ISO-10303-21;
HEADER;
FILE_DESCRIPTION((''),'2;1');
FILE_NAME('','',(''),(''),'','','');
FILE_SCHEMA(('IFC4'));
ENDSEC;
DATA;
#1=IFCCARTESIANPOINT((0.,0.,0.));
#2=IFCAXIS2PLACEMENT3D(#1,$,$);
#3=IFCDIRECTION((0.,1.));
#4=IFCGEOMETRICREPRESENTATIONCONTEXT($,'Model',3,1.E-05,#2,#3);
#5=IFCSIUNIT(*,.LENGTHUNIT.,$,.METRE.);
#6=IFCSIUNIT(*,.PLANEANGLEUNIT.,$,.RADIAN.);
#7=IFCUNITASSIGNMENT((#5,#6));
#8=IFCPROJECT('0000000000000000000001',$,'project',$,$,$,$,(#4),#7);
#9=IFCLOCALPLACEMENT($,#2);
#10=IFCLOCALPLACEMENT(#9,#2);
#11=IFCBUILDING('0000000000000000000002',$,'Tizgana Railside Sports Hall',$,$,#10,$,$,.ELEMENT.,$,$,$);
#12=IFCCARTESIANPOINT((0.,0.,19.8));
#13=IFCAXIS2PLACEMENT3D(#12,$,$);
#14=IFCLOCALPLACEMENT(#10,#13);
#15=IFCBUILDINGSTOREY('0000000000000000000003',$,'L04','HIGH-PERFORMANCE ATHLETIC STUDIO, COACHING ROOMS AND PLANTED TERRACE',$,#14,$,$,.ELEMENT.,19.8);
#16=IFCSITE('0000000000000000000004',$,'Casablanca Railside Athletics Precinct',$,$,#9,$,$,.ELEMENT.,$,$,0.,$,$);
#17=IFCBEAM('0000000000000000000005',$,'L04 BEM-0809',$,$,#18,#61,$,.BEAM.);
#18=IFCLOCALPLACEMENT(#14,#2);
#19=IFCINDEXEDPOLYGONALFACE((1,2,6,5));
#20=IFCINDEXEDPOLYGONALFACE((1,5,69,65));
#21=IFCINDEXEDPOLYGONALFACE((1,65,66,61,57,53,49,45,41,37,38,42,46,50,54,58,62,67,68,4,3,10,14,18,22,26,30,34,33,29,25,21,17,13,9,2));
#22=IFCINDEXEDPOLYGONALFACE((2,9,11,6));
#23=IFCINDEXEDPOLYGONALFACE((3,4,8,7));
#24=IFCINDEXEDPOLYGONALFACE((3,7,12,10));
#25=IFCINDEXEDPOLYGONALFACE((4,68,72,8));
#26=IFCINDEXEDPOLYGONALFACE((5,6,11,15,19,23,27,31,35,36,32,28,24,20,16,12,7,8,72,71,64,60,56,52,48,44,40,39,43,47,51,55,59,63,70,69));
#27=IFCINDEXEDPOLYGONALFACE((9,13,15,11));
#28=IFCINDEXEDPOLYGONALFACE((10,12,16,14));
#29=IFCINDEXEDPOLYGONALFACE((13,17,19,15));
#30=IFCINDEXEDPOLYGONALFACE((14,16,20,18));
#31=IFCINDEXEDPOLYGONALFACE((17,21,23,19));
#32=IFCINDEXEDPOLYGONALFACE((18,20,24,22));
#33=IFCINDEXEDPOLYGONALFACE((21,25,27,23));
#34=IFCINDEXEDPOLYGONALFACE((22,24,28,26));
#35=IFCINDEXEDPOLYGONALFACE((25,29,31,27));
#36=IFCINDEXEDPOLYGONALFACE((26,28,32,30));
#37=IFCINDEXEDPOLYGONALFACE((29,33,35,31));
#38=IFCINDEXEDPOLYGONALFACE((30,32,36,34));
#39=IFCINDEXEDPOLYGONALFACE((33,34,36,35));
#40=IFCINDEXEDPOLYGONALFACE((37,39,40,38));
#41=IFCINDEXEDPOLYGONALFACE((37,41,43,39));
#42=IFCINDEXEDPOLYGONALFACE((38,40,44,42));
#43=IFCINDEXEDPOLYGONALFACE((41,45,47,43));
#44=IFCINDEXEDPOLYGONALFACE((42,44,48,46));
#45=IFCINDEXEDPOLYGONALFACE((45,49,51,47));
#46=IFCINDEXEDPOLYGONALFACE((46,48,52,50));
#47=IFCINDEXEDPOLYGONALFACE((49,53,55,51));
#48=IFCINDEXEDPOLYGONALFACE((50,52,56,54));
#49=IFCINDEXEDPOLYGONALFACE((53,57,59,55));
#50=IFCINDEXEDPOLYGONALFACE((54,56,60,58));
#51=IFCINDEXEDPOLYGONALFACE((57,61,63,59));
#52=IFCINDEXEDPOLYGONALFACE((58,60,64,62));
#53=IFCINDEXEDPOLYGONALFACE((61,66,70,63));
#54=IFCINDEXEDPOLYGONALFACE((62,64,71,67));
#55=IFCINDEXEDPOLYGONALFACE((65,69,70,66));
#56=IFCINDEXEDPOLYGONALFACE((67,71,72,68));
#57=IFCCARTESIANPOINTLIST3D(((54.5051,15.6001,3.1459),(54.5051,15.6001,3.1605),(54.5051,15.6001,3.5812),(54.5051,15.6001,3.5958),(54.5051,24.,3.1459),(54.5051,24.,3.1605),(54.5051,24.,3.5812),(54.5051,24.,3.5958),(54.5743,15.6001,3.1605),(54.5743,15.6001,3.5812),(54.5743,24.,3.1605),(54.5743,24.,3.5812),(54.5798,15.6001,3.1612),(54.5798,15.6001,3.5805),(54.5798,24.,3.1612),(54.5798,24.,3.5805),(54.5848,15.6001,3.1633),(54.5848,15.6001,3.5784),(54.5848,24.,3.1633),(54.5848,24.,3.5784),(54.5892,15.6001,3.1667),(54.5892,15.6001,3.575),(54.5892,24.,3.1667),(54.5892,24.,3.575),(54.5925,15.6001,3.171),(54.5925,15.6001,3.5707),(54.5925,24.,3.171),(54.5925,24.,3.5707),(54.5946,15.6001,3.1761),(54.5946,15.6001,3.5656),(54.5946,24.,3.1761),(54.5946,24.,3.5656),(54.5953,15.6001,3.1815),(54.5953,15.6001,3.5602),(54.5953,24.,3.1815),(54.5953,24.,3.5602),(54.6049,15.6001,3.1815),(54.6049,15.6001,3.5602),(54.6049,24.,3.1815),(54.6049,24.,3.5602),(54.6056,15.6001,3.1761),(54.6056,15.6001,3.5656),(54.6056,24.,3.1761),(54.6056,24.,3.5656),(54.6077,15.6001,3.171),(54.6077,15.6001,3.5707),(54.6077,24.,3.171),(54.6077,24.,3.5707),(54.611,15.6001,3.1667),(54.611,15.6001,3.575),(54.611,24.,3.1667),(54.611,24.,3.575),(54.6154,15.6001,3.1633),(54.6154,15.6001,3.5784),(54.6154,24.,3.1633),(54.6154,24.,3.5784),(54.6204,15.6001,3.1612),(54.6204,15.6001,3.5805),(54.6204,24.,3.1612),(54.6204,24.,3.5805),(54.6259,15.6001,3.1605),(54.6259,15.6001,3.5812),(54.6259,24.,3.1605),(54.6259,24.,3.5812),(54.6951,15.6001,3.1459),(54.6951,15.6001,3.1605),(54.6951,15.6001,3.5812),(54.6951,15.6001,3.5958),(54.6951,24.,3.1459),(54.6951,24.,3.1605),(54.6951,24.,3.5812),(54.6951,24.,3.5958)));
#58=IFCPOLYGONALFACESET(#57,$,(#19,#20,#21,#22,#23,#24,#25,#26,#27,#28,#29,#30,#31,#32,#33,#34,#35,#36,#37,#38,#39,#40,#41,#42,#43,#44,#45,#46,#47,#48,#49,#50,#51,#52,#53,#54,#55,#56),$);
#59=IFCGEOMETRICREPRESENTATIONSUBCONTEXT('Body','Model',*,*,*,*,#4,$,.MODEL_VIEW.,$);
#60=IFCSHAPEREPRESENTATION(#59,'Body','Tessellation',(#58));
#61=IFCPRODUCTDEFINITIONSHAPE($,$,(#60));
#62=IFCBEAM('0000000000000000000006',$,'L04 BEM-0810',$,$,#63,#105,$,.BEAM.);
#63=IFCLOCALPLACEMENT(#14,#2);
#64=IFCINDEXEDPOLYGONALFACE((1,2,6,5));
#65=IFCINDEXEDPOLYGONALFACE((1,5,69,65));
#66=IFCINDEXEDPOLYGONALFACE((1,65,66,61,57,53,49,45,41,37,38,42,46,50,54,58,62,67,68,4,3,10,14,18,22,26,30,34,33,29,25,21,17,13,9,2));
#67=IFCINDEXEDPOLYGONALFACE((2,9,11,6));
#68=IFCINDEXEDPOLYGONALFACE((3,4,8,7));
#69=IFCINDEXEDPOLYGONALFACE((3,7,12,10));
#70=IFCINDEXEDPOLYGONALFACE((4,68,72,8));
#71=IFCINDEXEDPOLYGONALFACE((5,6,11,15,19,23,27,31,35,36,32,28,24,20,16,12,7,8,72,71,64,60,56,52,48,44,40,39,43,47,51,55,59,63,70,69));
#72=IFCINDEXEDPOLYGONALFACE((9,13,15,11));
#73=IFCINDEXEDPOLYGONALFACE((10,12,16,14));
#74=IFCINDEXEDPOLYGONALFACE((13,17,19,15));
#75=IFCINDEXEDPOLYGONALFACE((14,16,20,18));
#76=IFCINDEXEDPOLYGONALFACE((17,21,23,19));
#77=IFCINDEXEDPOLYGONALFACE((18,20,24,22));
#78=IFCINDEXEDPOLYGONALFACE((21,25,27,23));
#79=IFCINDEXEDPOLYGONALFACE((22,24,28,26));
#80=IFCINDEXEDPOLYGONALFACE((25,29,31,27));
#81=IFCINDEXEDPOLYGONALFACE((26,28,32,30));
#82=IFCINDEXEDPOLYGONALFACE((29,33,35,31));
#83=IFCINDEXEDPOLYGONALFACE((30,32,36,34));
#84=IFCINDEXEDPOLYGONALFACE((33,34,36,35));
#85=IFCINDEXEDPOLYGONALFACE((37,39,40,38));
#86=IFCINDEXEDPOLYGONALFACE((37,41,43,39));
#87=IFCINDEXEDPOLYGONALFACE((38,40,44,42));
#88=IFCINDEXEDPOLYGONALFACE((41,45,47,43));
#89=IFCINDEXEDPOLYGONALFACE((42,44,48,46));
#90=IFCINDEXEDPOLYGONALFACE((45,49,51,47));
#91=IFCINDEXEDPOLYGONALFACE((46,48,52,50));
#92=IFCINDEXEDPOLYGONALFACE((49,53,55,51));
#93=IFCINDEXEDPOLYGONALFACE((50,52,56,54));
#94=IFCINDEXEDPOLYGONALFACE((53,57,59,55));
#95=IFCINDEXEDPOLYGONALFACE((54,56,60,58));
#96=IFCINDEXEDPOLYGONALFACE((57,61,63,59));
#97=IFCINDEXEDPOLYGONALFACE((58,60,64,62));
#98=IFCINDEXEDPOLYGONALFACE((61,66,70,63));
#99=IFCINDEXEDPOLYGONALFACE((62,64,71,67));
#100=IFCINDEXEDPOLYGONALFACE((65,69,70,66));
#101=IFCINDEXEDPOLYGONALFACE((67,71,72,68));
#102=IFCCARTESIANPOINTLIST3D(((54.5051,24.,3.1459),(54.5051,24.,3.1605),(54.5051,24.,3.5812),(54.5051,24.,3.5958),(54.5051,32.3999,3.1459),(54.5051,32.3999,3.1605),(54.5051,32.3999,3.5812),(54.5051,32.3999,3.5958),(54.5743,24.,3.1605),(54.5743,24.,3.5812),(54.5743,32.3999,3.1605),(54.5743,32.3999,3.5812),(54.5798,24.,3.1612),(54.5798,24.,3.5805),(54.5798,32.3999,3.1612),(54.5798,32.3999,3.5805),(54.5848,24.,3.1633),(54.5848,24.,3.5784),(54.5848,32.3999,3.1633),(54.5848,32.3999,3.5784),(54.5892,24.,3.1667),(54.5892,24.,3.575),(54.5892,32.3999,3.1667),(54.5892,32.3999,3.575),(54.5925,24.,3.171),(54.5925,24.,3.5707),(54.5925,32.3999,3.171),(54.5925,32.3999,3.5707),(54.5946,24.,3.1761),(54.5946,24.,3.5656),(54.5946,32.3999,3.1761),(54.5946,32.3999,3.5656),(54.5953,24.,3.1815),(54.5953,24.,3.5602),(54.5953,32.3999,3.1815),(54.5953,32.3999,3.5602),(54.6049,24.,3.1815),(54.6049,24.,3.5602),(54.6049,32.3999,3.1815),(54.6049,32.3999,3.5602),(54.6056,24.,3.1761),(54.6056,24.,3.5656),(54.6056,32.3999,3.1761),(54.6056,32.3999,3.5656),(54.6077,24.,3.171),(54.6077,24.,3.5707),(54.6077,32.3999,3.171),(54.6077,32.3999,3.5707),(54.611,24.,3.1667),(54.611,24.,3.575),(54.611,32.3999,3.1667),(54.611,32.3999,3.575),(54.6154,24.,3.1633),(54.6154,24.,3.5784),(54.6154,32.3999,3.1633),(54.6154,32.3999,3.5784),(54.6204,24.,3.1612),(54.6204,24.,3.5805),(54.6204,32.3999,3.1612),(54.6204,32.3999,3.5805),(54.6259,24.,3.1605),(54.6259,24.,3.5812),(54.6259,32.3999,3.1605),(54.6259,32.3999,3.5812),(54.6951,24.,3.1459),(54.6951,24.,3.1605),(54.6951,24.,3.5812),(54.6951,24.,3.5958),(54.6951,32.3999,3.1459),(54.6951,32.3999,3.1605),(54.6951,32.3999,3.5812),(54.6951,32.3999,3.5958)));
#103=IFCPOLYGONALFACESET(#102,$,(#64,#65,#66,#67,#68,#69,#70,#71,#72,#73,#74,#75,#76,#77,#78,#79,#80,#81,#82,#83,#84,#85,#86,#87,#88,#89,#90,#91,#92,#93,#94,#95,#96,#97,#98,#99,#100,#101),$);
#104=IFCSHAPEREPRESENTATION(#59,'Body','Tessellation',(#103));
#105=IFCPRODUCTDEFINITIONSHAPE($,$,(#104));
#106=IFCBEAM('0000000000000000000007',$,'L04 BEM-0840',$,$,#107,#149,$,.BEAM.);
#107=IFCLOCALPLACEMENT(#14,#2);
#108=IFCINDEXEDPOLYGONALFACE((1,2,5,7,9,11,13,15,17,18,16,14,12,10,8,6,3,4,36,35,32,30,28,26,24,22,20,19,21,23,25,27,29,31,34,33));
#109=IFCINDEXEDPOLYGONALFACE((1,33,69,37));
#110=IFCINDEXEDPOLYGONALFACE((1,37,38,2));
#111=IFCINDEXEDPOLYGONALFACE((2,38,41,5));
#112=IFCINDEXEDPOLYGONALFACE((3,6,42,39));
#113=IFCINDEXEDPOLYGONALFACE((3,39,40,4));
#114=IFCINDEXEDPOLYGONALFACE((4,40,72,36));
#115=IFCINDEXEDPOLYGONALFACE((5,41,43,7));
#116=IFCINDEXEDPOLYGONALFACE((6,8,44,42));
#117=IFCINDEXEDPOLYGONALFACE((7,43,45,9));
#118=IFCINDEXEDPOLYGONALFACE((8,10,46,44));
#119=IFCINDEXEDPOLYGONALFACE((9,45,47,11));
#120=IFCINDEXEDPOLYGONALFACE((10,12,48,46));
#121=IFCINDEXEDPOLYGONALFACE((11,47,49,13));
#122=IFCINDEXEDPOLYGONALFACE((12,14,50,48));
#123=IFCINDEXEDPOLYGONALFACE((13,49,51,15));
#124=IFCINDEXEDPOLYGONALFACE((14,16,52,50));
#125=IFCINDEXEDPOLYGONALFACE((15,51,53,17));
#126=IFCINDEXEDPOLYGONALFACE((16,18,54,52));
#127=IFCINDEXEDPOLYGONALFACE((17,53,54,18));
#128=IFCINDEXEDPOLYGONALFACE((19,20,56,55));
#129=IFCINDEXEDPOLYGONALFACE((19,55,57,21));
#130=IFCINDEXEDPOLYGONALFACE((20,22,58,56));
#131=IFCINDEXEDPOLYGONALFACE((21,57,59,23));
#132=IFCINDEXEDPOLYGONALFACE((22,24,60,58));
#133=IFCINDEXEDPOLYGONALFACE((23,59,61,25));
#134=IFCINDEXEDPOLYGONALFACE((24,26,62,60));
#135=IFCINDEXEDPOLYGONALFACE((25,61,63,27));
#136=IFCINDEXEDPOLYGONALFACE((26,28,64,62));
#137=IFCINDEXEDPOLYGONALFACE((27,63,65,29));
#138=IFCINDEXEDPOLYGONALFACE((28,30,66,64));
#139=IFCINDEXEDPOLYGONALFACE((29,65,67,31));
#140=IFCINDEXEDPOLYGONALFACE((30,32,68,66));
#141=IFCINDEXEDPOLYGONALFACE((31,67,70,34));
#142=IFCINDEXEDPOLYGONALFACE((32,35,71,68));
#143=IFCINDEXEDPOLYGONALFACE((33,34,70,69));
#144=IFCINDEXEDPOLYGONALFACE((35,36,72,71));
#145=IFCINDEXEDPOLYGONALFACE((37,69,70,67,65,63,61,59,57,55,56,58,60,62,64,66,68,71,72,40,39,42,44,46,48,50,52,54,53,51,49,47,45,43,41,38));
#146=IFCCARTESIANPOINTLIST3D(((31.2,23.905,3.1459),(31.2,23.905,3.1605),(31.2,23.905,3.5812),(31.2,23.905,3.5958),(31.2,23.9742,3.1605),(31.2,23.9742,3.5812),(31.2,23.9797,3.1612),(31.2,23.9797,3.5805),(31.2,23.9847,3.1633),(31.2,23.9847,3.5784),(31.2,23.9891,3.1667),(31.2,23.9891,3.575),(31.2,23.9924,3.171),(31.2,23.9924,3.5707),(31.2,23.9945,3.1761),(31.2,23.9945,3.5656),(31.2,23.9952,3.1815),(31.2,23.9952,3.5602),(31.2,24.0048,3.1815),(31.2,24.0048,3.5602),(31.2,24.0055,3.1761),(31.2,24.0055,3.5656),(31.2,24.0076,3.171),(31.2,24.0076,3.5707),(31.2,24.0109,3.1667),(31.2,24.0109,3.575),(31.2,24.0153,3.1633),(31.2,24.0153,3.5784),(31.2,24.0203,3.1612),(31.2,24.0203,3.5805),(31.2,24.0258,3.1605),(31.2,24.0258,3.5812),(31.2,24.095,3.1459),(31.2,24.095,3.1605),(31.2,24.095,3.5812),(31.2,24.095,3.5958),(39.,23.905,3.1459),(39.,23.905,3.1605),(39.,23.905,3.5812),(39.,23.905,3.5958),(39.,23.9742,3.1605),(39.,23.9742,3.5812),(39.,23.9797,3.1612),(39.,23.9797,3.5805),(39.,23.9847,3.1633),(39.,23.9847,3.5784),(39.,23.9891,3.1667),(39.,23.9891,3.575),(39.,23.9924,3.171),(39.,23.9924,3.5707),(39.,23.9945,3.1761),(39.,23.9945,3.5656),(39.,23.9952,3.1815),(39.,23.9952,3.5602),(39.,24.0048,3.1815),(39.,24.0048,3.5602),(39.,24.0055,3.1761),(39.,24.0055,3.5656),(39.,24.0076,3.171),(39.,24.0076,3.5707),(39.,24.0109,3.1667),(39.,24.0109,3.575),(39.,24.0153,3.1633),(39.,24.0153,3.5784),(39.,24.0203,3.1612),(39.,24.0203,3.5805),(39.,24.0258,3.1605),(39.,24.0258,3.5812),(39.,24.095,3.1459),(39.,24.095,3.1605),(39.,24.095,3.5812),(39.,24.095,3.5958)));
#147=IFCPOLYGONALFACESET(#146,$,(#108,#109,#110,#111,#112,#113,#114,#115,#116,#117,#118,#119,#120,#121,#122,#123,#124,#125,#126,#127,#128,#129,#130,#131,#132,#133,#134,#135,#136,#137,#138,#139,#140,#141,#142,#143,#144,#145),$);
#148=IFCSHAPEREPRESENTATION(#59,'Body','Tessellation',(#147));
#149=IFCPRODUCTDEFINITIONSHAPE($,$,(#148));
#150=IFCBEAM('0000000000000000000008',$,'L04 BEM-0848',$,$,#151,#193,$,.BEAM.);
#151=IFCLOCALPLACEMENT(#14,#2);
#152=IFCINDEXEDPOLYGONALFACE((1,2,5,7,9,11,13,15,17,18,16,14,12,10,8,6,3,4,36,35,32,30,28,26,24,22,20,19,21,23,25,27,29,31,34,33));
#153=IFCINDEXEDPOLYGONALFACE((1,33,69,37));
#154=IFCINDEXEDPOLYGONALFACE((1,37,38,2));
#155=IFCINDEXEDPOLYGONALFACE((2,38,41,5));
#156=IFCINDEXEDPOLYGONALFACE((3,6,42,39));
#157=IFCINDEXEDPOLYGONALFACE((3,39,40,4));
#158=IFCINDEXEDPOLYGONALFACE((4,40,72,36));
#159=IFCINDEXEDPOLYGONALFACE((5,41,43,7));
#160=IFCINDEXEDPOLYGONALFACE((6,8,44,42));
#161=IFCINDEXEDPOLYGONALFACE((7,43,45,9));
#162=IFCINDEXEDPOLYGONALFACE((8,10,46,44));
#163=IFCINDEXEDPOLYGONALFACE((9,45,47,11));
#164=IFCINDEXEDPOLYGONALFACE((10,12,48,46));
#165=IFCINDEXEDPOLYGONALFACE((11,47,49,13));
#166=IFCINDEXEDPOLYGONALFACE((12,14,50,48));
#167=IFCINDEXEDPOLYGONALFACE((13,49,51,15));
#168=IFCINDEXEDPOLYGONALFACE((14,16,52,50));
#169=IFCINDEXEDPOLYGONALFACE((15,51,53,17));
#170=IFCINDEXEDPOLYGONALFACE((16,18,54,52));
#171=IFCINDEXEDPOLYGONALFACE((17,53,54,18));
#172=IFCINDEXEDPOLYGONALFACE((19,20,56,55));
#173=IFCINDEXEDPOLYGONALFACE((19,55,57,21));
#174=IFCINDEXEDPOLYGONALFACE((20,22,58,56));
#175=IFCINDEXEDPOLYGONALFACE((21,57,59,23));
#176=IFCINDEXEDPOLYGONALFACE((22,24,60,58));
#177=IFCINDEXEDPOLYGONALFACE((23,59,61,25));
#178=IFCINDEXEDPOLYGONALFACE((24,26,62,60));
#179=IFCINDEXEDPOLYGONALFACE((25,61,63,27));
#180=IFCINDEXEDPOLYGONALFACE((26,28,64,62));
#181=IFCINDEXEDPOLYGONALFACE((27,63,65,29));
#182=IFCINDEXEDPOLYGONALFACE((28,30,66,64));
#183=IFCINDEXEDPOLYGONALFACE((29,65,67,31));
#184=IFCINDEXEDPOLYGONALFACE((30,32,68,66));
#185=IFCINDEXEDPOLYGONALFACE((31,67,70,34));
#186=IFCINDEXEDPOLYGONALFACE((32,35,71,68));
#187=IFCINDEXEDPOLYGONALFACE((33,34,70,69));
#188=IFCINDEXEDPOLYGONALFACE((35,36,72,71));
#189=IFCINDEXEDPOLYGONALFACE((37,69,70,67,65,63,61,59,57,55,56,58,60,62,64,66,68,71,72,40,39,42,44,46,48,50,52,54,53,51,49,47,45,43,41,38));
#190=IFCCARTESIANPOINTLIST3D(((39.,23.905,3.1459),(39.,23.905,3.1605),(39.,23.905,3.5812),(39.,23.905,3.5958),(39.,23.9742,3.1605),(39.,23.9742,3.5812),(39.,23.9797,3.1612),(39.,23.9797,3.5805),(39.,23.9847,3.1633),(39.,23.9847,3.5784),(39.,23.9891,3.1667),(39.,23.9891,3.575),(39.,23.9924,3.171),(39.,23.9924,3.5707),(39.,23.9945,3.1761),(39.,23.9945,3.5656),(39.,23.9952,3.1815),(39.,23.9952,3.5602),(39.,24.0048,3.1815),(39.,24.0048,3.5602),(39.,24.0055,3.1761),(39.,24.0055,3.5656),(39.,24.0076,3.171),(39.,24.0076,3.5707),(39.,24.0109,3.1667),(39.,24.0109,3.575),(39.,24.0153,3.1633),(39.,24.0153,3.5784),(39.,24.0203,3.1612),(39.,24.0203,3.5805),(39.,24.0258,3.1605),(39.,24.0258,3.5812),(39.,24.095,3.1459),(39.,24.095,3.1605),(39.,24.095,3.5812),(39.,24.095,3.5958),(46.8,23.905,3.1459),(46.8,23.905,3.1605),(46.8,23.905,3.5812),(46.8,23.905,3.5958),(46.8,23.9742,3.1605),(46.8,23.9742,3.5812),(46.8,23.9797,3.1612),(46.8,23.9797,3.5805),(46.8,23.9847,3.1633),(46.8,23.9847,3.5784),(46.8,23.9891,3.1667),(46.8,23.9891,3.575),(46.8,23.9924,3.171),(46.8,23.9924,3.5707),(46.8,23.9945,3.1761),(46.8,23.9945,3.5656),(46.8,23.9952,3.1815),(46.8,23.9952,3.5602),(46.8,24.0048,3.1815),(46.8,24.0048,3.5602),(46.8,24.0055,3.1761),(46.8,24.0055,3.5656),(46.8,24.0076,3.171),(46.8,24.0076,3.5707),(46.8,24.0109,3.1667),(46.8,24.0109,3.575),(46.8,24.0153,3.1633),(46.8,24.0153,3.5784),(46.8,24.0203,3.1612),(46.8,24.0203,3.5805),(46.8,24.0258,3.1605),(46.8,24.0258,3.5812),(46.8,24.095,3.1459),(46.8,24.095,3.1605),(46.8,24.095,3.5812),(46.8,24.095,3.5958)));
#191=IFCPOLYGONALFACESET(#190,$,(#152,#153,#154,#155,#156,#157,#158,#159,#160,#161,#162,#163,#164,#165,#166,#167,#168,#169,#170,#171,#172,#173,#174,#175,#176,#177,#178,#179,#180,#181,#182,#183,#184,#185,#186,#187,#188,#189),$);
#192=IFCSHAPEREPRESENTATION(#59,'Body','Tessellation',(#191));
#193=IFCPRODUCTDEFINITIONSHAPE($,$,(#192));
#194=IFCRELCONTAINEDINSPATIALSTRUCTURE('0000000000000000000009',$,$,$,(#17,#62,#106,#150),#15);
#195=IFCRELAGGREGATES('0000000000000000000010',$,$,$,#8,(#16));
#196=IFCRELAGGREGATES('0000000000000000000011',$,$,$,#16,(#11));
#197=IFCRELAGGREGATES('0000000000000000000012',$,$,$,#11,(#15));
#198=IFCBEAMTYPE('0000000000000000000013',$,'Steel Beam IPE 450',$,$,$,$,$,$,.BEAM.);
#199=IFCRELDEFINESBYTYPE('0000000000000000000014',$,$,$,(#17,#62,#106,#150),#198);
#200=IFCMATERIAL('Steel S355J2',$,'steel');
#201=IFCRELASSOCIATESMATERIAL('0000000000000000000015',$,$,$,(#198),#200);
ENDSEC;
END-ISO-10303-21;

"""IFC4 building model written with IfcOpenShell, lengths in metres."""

from ifc_helpers import new_model, si_unit, direction, frame, origin, origin_2d, place, context, subcontext, project, spatial, i_section, extrude, material, material_profile, profile_set, type_object, element, save


model = new_model("IFC4")

# Units and contexts
model_context = context("Model", 3, precision=1e-05, world=origin(), true_north=direction((0.0, 1.0)))
body_context = subcontext(model_context, "Body", "Model", "MODEL_VIEW")
ifc_project = project(units=[si_unit("LENGTHUNIT", "METRE"), si_unit("PLANEANGLEUNIT", "RADIAN")], contexts=[model_context])

# Site, building, storey
site_placement = place(None, origin())
site = spatial("IfcSite", under=ifc_project, at=site_placement, Name="Casablanca Railside Athletics Precinct", CompositionType="ELEMENT", RefElevation=0.0)
building_placement = place(site_placement, origin())
building = spatial("IfcBuilding", under=site, at=building_placement, Name="Tizgana Railside Sports Hall", CompositionType="ELEMENT")
storey_placement = place(building_placement, frame((0.0, 0.0, 19.8)))
storey = spatial("IfcBuildingStorey", under=building, at=storey_placement, Name="L04", Description="HIGH-PERFORMANCE ATHLETIC STUDIO, COACHING ROOMS AND PLANTED TERRACE", CompositionType="ELEMENT", Elevation=19.8)

# Beams
ifc_material_1 = material(Name="Steel S355J2", Category="steel")
ifc_material_profile_1 = material_profile(ifc_material_1, i_section(OverallWidth=0.1899, OverallDepth=0.45, WebThickness=0.0095, FlangeThickness=0.0146, FilletRadius=0.021, at=origin_2d()), Name="IPE 450")
ifc_profile_set_1 = profile_set([ifc_material_profile_1], Name="Steel S355J2")
beam_type_1 = type_object("IfcBeamType", Name="Steel Beam IPE 450", PredefinedType="BEAM", material=ifc_profile_set_1)
for number, where, z_axis, x_axis, name in (
    (1, (54.6001, 15.6001, 3.3708), (0.0, 1.0, 0.0), (-1.0, 0.0, 0.0), "L04 BEM-0809"),
    (2, (54.6001, 24.0, 3.3708), (0.0, 1.0, 0.0), (-1.0, 0.0, 0.0), "L04 BEM-0810"),
):
    element("IfcBeam", number, at=place(storey_placement, frame(where, z_axis=z_axis, x_axis=x_axis)), inside=storey, type_object=beam_type_1, Name=name, PredefinedType="BEAM", context=body_context, shape_type="SweptSolid", body=[
        extrude(i_section(OverallWidth=0.1899, OverallDepth=0.45, WebThickness=0.0095, FlangeThickness=0.0146, FilletRadius=0.021, at=origin_2d()), origin(), (0.0, 0.0, 1.0), 8.3999),
    ])
for number, where, z_axis, x_axis, name in (
    (3, (31.2, 24.0, 3.3708), (1.0, 0.0, 0.0), (0.0, 1.0, 0.0), "L04 BEM-0840"),
    (4, (39.0, 24.0, 3.3708), (1.0, 0.0, 0.0), (0.0, 1.0, 0.0), "L04 BEM-0848"),
):
    element("IfcBeam", number, at=place(storey_placement, frame(where, z_axis=z_axis, x_axis=x_axis)), inside=storey, type_object=beam_type_1, Name=name, PredefinedType="BEAM", context=body_context, shape_type="SweptSolid", body=[
        extrude(i_section(OverallWidth=0.1899, OverallDepth=0.45, WebThickness=0.0095, FlangeThickness=0.0146, FilletRadius=0.021, at=origin_2d()), origin(), (0.0, 0.0, 1.0), 7.8),
    ])

save(model, "model.ifc")
